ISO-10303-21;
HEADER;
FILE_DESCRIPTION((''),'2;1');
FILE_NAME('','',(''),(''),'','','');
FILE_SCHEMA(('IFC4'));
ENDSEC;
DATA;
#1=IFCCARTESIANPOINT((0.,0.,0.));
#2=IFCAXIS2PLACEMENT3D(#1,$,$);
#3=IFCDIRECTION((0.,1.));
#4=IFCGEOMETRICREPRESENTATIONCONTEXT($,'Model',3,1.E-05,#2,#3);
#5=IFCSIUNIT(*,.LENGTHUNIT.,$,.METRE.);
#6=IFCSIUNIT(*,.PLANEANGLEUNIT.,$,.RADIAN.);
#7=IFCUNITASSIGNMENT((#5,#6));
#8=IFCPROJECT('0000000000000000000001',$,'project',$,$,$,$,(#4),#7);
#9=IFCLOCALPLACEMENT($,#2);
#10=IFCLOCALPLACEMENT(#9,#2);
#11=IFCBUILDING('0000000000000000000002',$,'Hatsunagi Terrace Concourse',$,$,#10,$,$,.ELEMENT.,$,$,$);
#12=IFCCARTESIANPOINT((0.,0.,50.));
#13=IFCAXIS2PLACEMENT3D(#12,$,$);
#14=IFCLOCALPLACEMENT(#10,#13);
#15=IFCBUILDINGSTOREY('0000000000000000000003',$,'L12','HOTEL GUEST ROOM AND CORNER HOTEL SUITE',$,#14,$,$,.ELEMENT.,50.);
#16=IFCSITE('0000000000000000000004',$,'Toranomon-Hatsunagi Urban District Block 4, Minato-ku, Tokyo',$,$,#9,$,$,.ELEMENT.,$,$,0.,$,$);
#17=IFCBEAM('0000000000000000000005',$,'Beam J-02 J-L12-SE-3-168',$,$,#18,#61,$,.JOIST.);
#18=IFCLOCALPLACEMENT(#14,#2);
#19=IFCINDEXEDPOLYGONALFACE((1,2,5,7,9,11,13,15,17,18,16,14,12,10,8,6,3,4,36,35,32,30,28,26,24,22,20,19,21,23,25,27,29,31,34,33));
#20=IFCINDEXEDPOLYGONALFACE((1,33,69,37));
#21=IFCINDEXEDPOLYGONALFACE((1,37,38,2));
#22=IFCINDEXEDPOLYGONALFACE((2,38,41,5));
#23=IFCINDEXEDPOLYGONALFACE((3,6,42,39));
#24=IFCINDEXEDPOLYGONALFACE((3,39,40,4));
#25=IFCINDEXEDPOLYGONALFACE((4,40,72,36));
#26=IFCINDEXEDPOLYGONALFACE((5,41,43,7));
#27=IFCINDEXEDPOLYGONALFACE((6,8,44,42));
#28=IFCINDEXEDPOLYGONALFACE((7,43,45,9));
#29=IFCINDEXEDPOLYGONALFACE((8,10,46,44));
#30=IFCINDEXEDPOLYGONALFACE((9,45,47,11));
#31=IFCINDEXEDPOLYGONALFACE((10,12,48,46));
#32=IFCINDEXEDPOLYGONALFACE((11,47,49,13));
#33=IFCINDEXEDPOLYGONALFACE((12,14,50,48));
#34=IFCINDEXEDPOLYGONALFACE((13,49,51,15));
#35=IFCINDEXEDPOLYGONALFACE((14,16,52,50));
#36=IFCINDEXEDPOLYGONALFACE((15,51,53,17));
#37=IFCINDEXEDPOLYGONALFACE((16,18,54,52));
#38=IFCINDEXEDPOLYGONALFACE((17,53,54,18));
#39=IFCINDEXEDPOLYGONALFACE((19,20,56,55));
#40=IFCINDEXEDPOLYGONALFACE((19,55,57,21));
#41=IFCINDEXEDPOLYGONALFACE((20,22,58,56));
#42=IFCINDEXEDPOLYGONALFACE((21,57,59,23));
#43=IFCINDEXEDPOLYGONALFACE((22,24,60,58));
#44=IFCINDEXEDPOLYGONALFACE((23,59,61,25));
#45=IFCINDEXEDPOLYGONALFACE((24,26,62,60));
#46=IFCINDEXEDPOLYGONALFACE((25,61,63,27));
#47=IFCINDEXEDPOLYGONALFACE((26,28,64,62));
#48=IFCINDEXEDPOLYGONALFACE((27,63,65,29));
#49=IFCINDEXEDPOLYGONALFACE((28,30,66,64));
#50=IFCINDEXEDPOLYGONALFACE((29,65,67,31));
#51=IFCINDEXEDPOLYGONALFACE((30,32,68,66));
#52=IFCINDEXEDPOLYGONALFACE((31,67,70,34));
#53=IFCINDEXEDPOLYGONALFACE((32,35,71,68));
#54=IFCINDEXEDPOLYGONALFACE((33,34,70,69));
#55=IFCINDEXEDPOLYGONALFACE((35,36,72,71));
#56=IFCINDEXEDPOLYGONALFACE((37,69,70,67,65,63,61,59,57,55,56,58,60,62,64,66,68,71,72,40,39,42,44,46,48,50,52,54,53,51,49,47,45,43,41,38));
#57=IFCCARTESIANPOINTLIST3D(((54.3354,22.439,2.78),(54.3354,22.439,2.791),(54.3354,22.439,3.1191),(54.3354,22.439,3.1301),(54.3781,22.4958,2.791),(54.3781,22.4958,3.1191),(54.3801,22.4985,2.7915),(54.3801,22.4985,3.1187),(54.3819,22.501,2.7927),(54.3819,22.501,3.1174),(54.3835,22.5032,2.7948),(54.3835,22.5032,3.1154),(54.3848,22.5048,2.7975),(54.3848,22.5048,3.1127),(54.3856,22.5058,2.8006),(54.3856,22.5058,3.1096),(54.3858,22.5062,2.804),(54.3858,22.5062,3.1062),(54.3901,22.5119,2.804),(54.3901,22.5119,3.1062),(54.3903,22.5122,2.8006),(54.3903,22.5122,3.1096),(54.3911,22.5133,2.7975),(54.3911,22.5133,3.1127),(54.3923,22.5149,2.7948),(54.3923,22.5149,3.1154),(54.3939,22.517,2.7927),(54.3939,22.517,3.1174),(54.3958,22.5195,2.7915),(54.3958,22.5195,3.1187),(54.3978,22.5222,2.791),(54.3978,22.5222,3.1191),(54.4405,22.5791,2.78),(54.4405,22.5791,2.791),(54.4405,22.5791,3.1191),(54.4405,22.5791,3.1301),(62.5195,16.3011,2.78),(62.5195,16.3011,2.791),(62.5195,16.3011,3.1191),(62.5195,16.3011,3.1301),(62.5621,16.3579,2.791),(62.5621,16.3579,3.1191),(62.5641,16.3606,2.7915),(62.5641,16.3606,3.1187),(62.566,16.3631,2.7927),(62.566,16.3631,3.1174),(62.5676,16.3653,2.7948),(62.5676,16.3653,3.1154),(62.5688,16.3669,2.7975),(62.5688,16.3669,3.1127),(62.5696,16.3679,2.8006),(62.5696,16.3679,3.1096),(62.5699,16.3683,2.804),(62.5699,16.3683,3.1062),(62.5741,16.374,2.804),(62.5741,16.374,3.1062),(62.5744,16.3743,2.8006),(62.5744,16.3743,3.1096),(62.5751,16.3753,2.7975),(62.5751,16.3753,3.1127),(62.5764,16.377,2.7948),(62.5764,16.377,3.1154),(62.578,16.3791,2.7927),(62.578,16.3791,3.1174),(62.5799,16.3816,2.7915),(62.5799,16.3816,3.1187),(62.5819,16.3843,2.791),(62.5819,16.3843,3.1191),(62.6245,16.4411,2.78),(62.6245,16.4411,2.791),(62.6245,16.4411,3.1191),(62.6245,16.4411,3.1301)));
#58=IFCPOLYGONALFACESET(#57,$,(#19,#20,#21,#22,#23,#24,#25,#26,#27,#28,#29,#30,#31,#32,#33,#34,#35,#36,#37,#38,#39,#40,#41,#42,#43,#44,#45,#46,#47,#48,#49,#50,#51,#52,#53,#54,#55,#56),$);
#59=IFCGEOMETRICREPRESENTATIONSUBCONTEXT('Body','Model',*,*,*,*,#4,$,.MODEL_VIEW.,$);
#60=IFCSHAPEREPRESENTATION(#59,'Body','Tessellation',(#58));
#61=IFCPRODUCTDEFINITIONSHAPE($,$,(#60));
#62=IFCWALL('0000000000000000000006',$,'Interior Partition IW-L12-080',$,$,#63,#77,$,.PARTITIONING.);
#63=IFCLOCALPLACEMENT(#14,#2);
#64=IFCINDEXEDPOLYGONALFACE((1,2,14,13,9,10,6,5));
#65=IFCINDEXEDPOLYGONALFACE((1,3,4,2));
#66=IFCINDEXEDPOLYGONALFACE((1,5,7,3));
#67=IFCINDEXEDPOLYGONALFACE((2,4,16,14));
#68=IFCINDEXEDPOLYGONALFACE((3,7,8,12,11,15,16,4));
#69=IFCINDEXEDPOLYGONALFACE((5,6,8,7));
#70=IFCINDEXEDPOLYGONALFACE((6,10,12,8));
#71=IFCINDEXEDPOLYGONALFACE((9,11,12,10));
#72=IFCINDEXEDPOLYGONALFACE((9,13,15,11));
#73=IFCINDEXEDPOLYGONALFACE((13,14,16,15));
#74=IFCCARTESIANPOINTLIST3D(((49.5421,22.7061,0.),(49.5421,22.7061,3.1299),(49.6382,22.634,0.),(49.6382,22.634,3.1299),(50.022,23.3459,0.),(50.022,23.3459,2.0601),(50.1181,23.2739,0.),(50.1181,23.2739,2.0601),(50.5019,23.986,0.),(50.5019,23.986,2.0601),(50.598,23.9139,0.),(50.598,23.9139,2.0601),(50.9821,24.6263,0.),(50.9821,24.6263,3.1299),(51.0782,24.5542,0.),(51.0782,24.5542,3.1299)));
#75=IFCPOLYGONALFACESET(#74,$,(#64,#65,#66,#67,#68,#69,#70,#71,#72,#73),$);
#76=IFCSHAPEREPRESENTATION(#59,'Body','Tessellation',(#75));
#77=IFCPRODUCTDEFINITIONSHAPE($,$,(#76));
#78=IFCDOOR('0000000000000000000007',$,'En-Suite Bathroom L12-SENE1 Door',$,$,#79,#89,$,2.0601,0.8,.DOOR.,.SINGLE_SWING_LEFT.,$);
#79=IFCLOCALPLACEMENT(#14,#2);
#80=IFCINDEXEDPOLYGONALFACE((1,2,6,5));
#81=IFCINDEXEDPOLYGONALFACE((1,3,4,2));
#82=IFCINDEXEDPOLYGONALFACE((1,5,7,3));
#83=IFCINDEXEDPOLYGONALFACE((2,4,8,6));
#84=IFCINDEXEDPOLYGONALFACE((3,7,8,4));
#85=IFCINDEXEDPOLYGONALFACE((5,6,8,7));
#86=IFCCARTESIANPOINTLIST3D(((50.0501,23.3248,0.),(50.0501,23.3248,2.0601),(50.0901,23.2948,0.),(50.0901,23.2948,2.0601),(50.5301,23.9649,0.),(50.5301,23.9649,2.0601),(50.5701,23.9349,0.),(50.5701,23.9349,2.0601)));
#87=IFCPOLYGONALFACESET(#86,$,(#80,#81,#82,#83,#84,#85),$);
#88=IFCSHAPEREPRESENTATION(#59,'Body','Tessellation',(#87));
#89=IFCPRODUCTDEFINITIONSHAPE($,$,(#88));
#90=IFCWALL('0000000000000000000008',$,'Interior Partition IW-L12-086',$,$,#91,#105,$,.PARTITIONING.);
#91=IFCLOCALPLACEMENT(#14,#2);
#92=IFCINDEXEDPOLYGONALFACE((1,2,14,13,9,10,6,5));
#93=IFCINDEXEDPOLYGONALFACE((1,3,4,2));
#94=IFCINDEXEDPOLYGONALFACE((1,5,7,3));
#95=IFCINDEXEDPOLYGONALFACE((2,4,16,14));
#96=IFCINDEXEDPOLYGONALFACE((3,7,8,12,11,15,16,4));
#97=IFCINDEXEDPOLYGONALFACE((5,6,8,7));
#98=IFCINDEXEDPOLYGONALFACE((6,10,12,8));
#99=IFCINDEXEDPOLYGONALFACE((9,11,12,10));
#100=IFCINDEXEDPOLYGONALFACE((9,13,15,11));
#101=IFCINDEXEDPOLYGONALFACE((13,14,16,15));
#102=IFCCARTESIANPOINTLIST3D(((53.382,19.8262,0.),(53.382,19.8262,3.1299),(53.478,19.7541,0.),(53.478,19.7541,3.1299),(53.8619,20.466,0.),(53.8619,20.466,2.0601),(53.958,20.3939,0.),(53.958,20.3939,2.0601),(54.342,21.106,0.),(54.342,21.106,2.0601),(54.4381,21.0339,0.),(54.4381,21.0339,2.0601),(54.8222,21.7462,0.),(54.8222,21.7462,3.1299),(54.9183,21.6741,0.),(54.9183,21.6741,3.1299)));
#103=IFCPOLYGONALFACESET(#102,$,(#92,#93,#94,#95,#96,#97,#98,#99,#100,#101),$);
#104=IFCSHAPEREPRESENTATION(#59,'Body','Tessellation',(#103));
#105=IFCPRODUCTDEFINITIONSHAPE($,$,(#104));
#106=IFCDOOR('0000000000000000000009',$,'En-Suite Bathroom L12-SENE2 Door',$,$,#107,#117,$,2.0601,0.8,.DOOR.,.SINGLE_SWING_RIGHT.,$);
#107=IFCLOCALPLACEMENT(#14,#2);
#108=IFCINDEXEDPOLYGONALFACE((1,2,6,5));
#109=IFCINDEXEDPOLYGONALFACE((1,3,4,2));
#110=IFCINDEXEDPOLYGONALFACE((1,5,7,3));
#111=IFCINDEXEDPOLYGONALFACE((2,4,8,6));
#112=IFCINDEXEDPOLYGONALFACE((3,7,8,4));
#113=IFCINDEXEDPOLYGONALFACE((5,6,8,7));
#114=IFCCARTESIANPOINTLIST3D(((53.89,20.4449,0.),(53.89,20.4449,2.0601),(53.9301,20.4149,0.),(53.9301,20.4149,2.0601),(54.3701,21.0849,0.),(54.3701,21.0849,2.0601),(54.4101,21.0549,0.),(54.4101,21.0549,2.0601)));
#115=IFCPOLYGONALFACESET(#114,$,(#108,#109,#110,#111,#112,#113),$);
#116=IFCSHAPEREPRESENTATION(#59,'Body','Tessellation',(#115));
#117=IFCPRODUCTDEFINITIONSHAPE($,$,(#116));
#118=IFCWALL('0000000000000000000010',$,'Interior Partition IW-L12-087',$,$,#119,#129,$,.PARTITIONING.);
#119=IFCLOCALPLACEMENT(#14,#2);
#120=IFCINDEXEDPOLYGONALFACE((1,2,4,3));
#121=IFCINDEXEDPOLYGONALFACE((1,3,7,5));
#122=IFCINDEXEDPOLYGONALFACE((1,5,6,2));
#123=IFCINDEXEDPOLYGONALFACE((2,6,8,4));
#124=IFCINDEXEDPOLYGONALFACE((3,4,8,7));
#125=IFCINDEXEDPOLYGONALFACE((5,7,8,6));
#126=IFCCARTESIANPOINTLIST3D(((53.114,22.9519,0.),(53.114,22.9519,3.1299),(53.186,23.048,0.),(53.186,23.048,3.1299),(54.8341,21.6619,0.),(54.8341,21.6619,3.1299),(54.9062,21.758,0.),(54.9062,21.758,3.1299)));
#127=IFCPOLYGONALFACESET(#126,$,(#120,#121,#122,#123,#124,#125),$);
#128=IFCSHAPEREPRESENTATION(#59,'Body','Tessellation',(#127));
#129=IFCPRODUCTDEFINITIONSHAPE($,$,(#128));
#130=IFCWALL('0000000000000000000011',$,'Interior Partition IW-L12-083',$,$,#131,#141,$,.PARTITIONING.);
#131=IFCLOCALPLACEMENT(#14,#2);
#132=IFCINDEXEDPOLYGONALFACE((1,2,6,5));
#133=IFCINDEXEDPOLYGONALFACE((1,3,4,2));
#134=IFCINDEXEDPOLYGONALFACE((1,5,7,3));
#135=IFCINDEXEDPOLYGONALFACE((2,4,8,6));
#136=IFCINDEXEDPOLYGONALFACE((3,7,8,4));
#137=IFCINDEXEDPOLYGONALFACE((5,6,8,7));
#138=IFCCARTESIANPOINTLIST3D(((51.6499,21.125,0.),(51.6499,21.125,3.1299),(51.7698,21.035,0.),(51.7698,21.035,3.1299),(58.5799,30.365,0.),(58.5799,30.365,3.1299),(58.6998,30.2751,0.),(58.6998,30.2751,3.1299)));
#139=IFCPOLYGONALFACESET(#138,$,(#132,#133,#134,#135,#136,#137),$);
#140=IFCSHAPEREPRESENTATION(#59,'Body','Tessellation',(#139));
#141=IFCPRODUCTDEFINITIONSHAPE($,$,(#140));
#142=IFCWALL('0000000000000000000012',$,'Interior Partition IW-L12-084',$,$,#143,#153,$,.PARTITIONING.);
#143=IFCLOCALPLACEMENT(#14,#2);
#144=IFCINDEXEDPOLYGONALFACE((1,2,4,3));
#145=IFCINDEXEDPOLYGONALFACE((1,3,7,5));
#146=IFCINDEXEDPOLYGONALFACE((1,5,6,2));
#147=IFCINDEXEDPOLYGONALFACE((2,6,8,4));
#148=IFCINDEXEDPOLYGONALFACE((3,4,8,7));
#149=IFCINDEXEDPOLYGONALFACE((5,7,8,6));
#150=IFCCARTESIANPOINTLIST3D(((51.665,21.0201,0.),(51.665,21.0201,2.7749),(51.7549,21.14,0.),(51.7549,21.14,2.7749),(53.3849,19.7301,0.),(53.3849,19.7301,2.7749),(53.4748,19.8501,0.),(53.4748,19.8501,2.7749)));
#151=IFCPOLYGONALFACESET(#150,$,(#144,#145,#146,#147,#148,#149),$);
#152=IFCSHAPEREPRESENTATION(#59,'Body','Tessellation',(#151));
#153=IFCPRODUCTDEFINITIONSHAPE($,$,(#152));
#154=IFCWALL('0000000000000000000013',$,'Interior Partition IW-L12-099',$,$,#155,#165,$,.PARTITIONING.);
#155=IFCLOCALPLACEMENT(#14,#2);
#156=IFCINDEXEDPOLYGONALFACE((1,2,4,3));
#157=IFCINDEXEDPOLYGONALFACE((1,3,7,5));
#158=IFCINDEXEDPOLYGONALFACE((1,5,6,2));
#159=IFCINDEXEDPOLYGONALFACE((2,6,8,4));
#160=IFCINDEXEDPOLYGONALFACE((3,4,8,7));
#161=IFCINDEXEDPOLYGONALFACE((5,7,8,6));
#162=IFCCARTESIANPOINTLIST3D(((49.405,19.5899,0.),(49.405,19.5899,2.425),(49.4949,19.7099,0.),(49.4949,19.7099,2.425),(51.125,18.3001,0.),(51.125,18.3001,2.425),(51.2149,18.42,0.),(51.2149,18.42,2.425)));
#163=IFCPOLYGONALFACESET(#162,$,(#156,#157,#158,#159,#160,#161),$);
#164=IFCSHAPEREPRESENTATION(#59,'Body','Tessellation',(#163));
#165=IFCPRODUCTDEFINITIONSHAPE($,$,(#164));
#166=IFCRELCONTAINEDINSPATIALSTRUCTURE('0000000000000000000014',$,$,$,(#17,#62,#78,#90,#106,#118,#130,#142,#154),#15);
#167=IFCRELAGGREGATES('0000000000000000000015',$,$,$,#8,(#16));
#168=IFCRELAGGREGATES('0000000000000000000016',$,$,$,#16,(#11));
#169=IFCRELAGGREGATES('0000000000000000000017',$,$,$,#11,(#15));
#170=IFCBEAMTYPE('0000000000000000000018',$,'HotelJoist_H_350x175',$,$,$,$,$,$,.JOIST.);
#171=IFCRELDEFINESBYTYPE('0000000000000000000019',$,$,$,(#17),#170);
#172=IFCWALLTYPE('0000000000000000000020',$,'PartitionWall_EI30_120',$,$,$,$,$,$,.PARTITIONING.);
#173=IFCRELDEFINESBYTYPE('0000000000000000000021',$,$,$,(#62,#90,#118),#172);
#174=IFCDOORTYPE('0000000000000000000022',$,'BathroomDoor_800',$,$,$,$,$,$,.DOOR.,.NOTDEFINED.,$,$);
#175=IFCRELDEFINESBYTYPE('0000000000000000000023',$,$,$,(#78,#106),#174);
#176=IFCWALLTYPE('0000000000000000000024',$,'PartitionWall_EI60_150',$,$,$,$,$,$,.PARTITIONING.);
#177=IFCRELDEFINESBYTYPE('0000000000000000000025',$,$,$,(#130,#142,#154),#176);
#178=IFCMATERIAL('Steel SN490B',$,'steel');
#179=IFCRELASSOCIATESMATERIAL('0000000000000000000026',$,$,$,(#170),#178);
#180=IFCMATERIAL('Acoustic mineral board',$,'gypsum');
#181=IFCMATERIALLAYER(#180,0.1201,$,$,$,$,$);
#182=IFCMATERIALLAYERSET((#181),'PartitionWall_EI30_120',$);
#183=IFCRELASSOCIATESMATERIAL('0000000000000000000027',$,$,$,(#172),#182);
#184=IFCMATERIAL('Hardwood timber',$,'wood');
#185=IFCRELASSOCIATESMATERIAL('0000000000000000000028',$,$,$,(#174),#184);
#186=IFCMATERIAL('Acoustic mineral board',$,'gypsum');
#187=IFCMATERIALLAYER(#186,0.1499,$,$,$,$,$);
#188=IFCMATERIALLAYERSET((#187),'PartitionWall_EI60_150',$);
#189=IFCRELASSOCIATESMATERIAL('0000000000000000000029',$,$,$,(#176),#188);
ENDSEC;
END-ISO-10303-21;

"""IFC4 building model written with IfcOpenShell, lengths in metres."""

from ifc_helpers import new_model, si_unit, direction, frame, frame_2d, origin, origin_2d, place, context, subcontext, project, spatial, rectangle, i_section, extrude, material, layer, layer_set, material_profile, profile_set, type_object, element, fill, save


model = new_model("IFC4")

# Units and contexts
model_context = context("Model", 3, precision=1e-05, world=origin(), true_north=direction((0.0, 1.0)))
body_context = subcontext(model_context, "Body", "Model", "MODEL_VIEW")
ifc_project = project(units=[si_unit("LENGTHUNIT", "METRE"), si_unit("PLANEANGLEUNIT", "RADIAN")], contexts=[model_context])

# Site, building, storey
site_placement = place(None, origin())
site = spatial("IfcSite", under=ifc_project, at=site_placement, Name="Toranomon-Hatsunagi Urban District Block 4, Minato-ku, Tokyo", CompositionType="ELEMENT", RefElevation=0.0)
building_placement = place(site_placement, origin())
building = spatial("IfcBuilding", under=site, at=building_placement, Name="Hatsunagi Terrace Concourse", CompositionType="ELEMENT")
storey_placement = place(building_placement, frame((0.0, 0.0, 50.0)))
storey = spatial("IfcBuildingStorey", under=building, at=storey_placement, Name="L12", Description="HOTEL GUEST ROOM AND CORNER HOTEL SUITE", CompositionType="ELEMENT", Elevation=50.0)

# Beam
ifc_material_1 = material(Name="Steel SN490B", Category="steel")
ifc_material_profile_1 = material_profile(ifc_material_1, i_section(OverallWidth=0.175, OverallDepth=0.3501, WebThickness=0.0071, FlangeThickness=0.011, FilletRadius=0.0129, at=origin_2d()), Name="H-350x175x7x11")
ifc_profile_set_1 = profile_set([ifc_material_profile_1], Name="Steel SN490B")
beam_type_1 = type_object("IfcBeamType", Name="HotelJoist_H_350x175", PredefinedType="JOIST", material=ifc_profile_set_1)
for number, where, z_axis, x_axis, name in (
    (1, (54.3879, 22.509, 2.9551), (0.800006, -0.599992, 0.0), (0.599992, 0.800006, 0.0), "Beam J-02 J-L12-SE-3-168"),
):
    element("IfcBeam", number, at=place(storey_placement, frame(where, z_axis=z_axis, x_axis=x_axis)), inside=storey, type_object=beam_type_1, Name=name, PredefinedType="JOIST", context=body_context, shape_type="SweptSolid", body=[
        extrude(i_section(OverallWidth=0.175, OverallDepth=0.3501, WebThickness=0.0071, FlangeThickness=0.011, FilletRadius=0.0129, at=origin_2d()), origin(), (0.0, 0.0, 1.0), 10.23),
    ])

# Walls, openings, doors
ifc_material_2 = material(Name="Acoustic mineral board", Category="gypsum")
ifc_layer_1 = layer(ifc_material_2, 0.1201)
ifc_layer_set_1 = layer_set([ifc_layer_1], Name="PartitionWall_EI30_120")
wall_type_1 = type_object("IfcWallType", Name="PartitionWall_EI30_120", PredefinedType="PARTITIONING", material=ifc_layer_set_1)
wall_1_placement = place(storey_placement, frame((49.5901, 22.6699, 0.0), z_axis=(0.0, 0.0, 1.0), x_axis=(0.599951, 0.800037, 0.0)))
wall_1 = element("IfcWall", 2, at=wall_1_placement, inside=storey, type_object=wall_type_1, Name="Interior Partition IW-L12-080", PredefinedType="PARTITIONING", context=body_context, shape_type="SweptSolid", body=[
    extrude(rectangle(XDim=2.4001, YDim=0.1201, at=frame_2d((1.2002, 0.0))), origin(), (0.0, 0.0, 1.0), 3.1299),
])
opening_1_placement = place(wall_1_placement, frame((0.8, 0.0, 0.0)))
opening_1 = element("IfcOpeningElement", 3, at=opening_1_placement, cuts=wall_1, PredefinedType="OPENING", context=body_context, shape_type="SweptSolid", body=[
    extrude(rectangle(XDim=0.8, YDim=2.0601, at=frame_2d((0.3999, 1.03))), frame((0.0, 0.0701, 0.0), z_axis=(0.0, -1.0, 0.0), x_axis=(1.0, 0.0, 0.0)), (0.0, 0.0, 1.0), 0.1401),
])
ifc_material_3 = material(Name="Hardwood timber", Category="wood")
door_type_1 = type_object("IfcDoorType", Name="BathroomDoor_800", OperationType="NOTDEFINED", PredefinedType="DOOR", material=ifc_material_3)
door_1_placement = place(opening_1_placement, origin())
door_1 = element("IfcDoor", 4, at=door_1_placement, inside=storey, type_object=door_type_1, Name="En-Suite Bathroom L12-SENE1 Door", OperationType="SINGLE_SWING_LEFT", OverallHeight=2.0601, OverallWidth=0.8, PredefinedType="DOOR", context=body_context, shape_type="SweptSolid", body=[
    extrude(rectangle(XDim=0.8, YDim=2.0601, at=frame_2d((0.3999, 1.03))), frame((0.0, 0.0249, 0.0), z_axis=(0.0, -1.0, 0.0), x_axis=(1.0, 0.0, 0.0)), (0.0, 0.0, 1.0), 0.05),
])
fill(opening_1, door_1)
wall_2_placement = place(storey_placement, frame((53.4299, 19.79, 0.0), z_axis=(0.0, 0.0, 1.0), x_axis=(0.600065, 0.799951, 0.0)))
wall_2 = element("IfcWall", 5, at=wall_2_placement, inside=storey, type_object=wall_type_1, Name="Interior Partition IW-L12-086", PredefinedType="PARTITIONING", context=body_context, shape_type="SweptSolid", body=[
    extrude(rectangle(XDim=2.4001, YDim=0.1201, at=frame_2d((1.2002, 0.0))), origin(), (0.0, 0.0, 1.0), 3.1299),
])
opening_2_placement = place(wall_2_placement, frame((0.8, 0.0, 0.0)))
opening_2 = element("IfcOpeningElement", 6, at=opening_2_placement, cuts=wall_2, PredefinedType="OPENING", context=body_context, shape_type="SweptSolid", body=[
    extrude(rectangle(XDim=0.8, YDim=2.0601, at=frame_2d((0.3999, 1.03))), frame((0.0, 0.0701, 0.0), z_axis=(0.0, -1.0, 0.0), x_axis=(1.0, 0.0, 0.0)), (0.0, 0.0, 1.0), 0.1401),
])
door_2_placement = place(opening_2_placement, origin())
door_2 = element("IfcDoor", 7, at=door_2_placement, inside=storey, type_object=door_type_1, Name="En-Suite Bathroom L12-SENE2 Door", OperationType="SINGLE_SWING_RIGHT", OverallHeight=2.0601, OverallWidth=0.8, PredefinedType="DOOR", context=body_context, shape_type="SweptSolid", body=[
    extrude(rectangle(XDim=0.8, YDim=2.0601, at=frame_2d((0.3999, 1.03))), frame((0.0, 0.0249, 0.0), z_axis=(0.0, -1.0, 0.0), x_axis=(1.0, 0.0, 0.0)), (0.0, 0.0, 1.0), 0.05),
])
fill(opening_2, door_2)

# Wall
wall_3_placement = place(storey_placement, frame((53.1499, 23.0, 0.0), z_axis=(0.0, 0.0, 1.0), x_axis=(0.800027, -0.599964, 0.0)))
element("IfcWall", 8, at=wall_3_placement, inside=storey, type_object=wall_type_1, Name="Interior Partition IW-L12-087", PredefinedType="PARTITIONING", context=body_context, shape_type="SweptSolid", body=[
    extrude(rectangle(XDim=2.1501, YDim=0.1201, at=frame_2d((1.0752, 0.0))), origin(), (0.0, 0.0, 1.0), 3.1299),
])

# Shared definitions
ifc_material_4 = material(Name="Acoustic mineral board", Category="gypsum")
ifc_layer_2 = layer(ifc_material_4, 0.1499)
ifc_layer_set_2 = layer_set([ifc_layer_2], Name="PartitionWall_EI60_150")
wall_type_2 = type_object("IfcWallType", Name="PartitionWall_EI60_150", PredefinedType="PARTITIONING", material=ifc_layer_set_2)

# Walls
wall_4_placement = place(storey_placement, frame((51.71, 21.0801, 0.0), z_axis=(0.0, 0.0, 1.0), x_axis=(0.599997, 0.800003, 0.0)))
element("IfcWall", 9, at=wall_4_placement, inside=storey, type_object=wall_type_2, Name="Interior Partition IW-L12-083", PredefinedType="PARTITIONING", context=body_context, shape_type="SweptSolid", body=[
    extrude(rectangle(XDim=11.55, YDim=0.1499, at=frame_2d((5.7749, 0.0))), origin(), (0.0, 0.0, 1.0), 3.1299),
])
wall_5_placement = place(storey_placement, frame((51.71, 21.0801, 0.0), z_axis=(0.0, 0.0, 1.0), x_axis=(0.799986, -0.600018, 0.0)))
element("IfcWall", 10, at=wall_5_placement, inside=storey, type_object=wall_type_2, Name="Interior Partition IW-L12-084", PredefinedType="PARTITIONING", context=body_context, shape_type="SweptSolid", body=[
    extrude(rectangle(XDim=2.1499, YDim=0.1499, at=frame_2d((1.075, 0.0))), origin(), (0.0, 0.0, 1.0), 2.7749),
])

# Wall
wall_6_placement = place(storey_placement, frame((49.45, 19.6499, 0.0), z_axis=(0.0, 0.0, 1.0), x_axis=(0.800041, -0.599945, 0.0)))
element("IfcWall", 11, at=wall_6_placement, inside=storey, type_object=wall_type_2, Name="Interior Partition IW-L12-099", PredefinedType="PARTITIONING", context=body_context, shape_type="SweptSolid", body=[
    extrude(rectangle(XDim=2.1499, YDim=0.1499, at=frame_2d((1.075, 0.0))), origin(), (0.0, 0.0, 1.0), 2.425),
])

save(model, "model.ifc")
